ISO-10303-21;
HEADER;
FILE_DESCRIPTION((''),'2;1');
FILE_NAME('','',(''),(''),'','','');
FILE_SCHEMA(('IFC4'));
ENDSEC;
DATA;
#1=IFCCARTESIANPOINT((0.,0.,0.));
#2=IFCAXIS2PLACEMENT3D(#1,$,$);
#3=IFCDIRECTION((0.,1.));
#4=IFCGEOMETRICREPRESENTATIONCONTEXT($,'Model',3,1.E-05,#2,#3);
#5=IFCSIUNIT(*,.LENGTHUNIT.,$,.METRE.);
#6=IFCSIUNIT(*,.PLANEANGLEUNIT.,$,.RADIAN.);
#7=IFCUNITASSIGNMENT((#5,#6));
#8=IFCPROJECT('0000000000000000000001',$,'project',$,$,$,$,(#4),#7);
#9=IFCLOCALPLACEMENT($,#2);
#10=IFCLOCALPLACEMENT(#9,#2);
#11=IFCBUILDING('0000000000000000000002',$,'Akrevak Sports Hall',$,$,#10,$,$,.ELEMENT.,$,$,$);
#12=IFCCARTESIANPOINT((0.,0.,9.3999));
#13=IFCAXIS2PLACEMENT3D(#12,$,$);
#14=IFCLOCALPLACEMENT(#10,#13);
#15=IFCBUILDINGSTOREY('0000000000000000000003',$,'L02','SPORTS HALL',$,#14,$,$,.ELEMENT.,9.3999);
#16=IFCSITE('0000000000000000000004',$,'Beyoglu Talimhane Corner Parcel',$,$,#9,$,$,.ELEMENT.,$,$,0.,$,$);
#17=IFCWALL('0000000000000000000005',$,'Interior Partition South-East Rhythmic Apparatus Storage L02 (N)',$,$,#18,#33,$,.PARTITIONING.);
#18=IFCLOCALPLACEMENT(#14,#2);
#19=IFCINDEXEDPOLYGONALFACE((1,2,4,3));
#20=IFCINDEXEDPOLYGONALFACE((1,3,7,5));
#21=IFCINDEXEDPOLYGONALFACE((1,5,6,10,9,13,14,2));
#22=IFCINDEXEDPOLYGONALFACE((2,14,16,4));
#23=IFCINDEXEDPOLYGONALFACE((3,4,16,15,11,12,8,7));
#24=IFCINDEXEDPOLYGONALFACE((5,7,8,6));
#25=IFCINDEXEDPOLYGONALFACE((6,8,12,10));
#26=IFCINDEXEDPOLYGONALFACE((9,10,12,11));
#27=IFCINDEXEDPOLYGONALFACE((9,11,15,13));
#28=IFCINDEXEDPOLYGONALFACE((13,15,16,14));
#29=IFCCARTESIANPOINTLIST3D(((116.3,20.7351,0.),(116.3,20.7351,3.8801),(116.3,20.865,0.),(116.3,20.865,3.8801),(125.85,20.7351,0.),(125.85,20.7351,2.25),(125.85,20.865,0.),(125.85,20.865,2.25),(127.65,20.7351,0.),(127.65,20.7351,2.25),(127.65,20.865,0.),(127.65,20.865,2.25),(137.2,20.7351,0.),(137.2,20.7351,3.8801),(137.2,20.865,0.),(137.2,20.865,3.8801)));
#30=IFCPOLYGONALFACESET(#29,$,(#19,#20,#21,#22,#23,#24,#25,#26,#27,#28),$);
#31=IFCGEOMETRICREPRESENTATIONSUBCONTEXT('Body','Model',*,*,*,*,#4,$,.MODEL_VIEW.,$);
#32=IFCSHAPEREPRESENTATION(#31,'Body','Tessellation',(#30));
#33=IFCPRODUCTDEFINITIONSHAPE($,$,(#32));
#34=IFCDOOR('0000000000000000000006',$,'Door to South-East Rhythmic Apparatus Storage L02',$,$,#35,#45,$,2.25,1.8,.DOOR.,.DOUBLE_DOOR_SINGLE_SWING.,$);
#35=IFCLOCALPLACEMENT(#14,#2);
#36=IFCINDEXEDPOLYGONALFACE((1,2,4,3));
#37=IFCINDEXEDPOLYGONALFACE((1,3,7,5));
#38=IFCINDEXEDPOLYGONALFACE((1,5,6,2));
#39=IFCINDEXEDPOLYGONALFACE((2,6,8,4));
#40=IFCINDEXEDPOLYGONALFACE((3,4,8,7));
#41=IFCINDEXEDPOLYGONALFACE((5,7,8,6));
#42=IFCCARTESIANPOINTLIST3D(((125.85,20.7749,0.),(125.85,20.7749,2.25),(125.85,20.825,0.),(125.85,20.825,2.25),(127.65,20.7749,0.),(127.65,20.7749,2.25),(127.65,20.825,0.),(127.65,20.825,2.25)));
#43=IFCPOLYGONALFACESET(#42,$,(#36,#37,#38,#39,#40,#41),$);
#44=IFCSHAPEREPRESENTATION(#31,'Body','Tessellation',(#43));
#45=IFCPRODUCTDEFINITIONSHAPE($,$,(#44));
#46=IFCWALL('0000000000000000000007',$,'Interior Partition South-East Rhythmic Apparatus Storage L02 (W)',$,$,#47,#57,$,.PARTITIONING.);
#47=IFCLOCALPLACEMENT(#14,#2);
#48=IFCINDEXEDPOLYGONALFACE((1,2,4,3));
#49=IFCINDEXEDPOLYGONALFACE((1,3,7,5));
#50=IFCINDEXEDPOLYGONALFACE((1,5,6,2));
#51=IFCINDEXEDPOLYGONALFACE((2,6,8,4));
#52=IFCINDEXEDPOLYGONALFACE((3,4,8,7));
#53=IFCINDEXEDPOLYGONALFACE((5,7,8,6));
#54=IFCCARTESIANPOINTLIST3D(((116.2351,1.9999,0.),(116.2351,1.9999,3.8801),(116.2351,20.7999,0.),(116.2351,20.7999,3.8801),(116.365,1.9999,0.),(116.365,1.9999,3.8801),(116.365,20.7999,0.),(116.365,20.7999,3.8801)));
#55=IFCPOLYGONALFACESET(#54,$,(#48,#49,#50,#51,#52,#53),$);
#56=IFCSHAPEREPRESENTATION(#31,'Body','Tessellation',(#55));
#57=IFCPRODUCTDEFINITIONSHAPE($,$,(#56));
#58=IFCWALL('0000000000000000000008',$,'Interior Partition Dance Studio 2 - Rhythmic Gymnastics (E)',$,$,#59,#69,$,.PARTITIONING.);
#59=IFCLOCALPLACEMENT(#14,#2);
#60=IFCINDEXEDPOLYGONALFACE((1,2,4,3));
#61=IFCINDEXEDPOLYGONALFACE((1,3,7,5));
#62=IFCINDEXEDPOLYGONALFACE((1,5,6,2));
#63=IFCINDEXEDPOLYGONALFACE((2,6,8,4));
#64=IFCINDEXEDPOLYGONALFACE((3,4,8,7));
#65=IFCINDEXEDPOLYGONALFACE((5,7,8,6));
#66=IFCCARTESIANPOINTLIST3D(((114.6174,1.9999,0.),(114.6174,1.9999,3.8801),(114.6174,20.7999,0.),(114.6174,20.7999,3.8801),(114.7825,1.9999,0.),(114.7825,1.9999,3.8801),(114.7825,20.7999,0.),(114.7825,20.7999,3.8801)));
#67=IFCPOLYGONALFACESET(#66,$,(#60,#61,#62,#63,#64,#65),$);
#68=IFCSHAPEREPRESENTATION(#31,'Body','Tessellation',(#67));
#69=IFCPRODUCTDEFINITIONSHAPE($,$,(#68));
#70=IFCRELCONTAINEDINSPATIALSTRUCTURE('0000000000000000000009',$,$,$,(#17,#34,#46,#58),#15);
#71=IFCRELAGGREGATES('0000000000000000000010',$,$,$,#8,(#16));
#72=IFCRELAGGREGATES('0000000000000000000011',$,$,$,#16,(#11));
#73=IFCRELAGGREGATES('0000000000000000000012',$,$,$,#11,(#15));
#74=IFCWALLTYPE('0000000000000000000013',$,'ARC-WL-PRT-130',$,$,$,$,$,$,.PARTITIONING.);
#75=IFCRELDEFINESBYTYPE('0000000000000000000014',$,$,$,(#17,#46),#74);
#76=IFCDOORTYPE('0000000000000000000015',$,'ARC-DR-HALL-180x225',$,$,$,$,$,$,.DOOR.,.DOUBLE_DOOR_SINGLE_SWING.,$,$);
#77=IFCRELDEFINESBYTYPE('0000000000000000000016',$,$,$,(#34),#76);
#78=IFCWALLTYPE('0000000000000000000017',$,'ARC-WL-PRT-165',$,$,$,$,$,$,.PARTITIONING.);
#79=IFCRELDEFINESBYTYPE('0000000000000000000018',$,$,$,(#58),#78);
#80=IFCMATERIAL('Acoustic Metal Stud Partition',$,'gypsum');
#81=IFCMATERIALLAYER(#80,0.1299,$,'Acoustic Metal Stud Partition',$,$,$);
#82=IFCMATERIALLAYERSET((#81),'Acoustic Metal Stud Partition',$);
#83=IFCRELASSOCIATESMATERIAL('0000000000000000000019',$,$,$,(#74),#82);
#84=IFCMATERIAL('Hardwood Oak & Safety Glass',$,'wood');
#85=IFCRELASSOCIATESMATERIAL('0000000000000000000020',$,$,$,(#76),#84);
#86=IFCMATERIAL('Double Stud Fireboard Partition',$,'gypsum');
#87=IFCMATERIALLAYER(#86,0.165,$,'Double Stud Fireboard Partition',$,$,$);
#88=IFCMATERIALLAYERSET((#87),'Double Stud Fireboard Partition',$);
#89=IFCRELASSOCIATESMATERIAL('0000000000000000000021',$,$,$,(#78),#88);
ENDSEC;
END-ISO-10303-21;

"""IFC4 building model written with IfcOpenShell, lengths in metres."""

from ifc_helpers import new_model, si_unit, direction, frame, frame_2d, origin, place, context, subcontext, project, spatial, rectangle, extrude, material, layer, layer_set, type_object, element, fill, save


model = new_model("IFC4")

# Units and contexts
model_context = context("Model", 3, precision=1e-05, world=origin(), true_north=direction((0.0, 1.0)))
body_context = subcontext(model_context, "Body", "Model", "MODEL_VIEW")
ifc_project = project(units=[si_unit("LENGTHUNIT", "METRE"), si_unit("PLANEANGLEUNIT", "RADIAN")], contexts=[model_context])

# Site, building, storey
site_placement = place(None, origin())
site = spatial("IfcSite", under=ifc_project, at=site_placement, Name="Beyoglu Talimhane Corner Parcel", CompositionType="ELEMENT", RefElevation=0.0)
building_placement = place(site_placement, origin())
building = spatial("IfcBuilding", under=site, at=building_placement, Name="Akrevak Sports Hall", CompositionType="ELEMENT")
storey_placement = place(building_placement, frame((0.0, 0.0, 9.3999)))
storey = spatial("IfcBuildingStorey", under=building, at=storey_placement, Name="L02", Description="SPORTS HALL", CompositionType="ELEMENT", Elevation=9.3999)

# Shared definitions
ifc_material_1 = material(Name="Acoustic Metal Stud Partition", Category="gypsum")
ifc_layer_1 = layer(ifc_material_1, 0.1299, Name="Acoustic Metal Stud Partition")
ifc_layer_set_1 = layer_set([ifc_layer_1], Name="Acoustic Metal Stud Partition")
wall_type_1 = type_object("IfcWallType", Name="ARC-WL-PRT-130", PredefinedType="PARTITIONING", material=ifc_layer_set_1)

# Wall, opening, door
wall_1_placement = place(storey_placement, frame((116.3, 20.8, 0.0), z_axis=(0.0, 0.0, 1.0), x_axis=(1.0, 0.0, 0.0)))
wall_1 = element("IfcWall", 1, at=wall_1_placement, inside=storey, type_object=wall_type_1, Name="Interior Partition South-East Rhythmic Apparatus Storage L02 (N)", PredefinedType="PARTITIONING", context=body_context, shape_type="SweptSolid", body=[
    extrude(rectangle(XDim=20.8999, YDim=0.1299, at=frame_2d((10.45, 0.0))), origin(), (0.0, 0.0, 1.0), 3.8801),
])
opening_1_placement = place(wall_1_placement, frame((9.55, 0.0, 0.0)))
opening_1 = element("IfcOpeningElement", 2, at=opening_1_placement, cuts=wall_1, PredefinedType="OPENING", context=body_context, shape_type="SweptSolid", body=[
    extrude(rectangle(XDim=1.8, YDim=2.25, at=frame_2d((0.8999, 1.125))), frame((0.0, 0.0769, 0.0), z_axis=(0.0, -1.0, 0.0), x_axis=(1.0, 0.0, 0.0)), (0.0, 0.0, 1.0), 0.1538),
])
ifc_material_2 = material(Name="Hardwood Oak & Safety Glass", Category="wood")
door_type = type_object("IfcDoorType", Name="ARC-DR-HALL-180x225", OperationType="DOUBLE_DOOR_SINGLE_SWING", PredefinedType="DOOR", material=ifc_material_2)
door_placement = place(opening_1_placement, origin())
door = element("IfcDoor", 3, at=door_placement, inside=storey, type_object=door_type, Name="Door to South-East Rhythmic Apparatus Storage L02", OperationType="DOUBLE_DOOR_SINGLE_SWING", OverallHeight=2.25, OverallWidth=1.8, PredefinedType="DOOR", context=body_context, shape_type="SweptSolid", body=[
    extrude(rectangle(XDim=1.8, YDim=2.25, at=frame_2d((0.8999, 1.125))), frame((0.0, 0.0249, 0.0), z_axis=(0.0, -1.0, 0.0), x_axis=(1.0, 0.0, 0.0)), (0.0, 0.0, 1.0), 0.05),
])
fill(opening_1, door)

# Walls
wall_2_placement = place(storey_placement, frame((116.3, 2.0, 0.0), z_axis=(0.0, 0.0, 1.0), x_axis=(0.0, 1.0, 0.0)))
element("IfcWall", 4, at=wall_2_placement, inside=storey, type_object=wall_type_1, Name="Interior Partition South-East Rhythmic Apparatus Storage L02 (W)", PredefinedType="PARTITIONING", context=body_context, shape_type="SweptSolid", body=[
    extrude(rectangle(XDim=18.8, YDim=0.1299, at=frame_2d((9.3999, 0.0))), origin(), (0.0, 0.0, 1.0), 3.8801),
])
ifc_material_3 = material(Name="Double Stud Fireboard Partition", Category="gypsum")
ifc_layer_2 = layer(ifc_material_3, 0.165, Name="Double Stud Fireboard Partition")
ifc_layer_set_2 = layer_set([ifc_layer_2], Name="Double Stud Fireboard Partition")
wall_type_2 = type_object("IfcWallType", Name="ARC-WL-PRT-165", PredefinedType="PARTITIONING", material=ifc_layer_set_2)
wall_3_placement = place(storey_placement, frame((114.7, 2.0, 0.0), z_axis=(0.0, 0.0, 1.0), x_axis=(0.0, 1.0, 0.0)))
element("IfcWall", 5, at=wall_3_placement, inside=storey, type_object=wall_type_2, Name="Interior Partition Dance Studio 2 - Rhythmic Gymnastics (E)", PredefinedType="PARTITIONING", context=body_context, shape_type="SweptSolid", body=[
    extrude(rectangle(XDim=18.8, YDim=0.165, at=frame_2d((9.3999, 0.0))), origin(), (0.0, 0.0, 1.0), 3.8801),
])

save(model, "model.ifc")
